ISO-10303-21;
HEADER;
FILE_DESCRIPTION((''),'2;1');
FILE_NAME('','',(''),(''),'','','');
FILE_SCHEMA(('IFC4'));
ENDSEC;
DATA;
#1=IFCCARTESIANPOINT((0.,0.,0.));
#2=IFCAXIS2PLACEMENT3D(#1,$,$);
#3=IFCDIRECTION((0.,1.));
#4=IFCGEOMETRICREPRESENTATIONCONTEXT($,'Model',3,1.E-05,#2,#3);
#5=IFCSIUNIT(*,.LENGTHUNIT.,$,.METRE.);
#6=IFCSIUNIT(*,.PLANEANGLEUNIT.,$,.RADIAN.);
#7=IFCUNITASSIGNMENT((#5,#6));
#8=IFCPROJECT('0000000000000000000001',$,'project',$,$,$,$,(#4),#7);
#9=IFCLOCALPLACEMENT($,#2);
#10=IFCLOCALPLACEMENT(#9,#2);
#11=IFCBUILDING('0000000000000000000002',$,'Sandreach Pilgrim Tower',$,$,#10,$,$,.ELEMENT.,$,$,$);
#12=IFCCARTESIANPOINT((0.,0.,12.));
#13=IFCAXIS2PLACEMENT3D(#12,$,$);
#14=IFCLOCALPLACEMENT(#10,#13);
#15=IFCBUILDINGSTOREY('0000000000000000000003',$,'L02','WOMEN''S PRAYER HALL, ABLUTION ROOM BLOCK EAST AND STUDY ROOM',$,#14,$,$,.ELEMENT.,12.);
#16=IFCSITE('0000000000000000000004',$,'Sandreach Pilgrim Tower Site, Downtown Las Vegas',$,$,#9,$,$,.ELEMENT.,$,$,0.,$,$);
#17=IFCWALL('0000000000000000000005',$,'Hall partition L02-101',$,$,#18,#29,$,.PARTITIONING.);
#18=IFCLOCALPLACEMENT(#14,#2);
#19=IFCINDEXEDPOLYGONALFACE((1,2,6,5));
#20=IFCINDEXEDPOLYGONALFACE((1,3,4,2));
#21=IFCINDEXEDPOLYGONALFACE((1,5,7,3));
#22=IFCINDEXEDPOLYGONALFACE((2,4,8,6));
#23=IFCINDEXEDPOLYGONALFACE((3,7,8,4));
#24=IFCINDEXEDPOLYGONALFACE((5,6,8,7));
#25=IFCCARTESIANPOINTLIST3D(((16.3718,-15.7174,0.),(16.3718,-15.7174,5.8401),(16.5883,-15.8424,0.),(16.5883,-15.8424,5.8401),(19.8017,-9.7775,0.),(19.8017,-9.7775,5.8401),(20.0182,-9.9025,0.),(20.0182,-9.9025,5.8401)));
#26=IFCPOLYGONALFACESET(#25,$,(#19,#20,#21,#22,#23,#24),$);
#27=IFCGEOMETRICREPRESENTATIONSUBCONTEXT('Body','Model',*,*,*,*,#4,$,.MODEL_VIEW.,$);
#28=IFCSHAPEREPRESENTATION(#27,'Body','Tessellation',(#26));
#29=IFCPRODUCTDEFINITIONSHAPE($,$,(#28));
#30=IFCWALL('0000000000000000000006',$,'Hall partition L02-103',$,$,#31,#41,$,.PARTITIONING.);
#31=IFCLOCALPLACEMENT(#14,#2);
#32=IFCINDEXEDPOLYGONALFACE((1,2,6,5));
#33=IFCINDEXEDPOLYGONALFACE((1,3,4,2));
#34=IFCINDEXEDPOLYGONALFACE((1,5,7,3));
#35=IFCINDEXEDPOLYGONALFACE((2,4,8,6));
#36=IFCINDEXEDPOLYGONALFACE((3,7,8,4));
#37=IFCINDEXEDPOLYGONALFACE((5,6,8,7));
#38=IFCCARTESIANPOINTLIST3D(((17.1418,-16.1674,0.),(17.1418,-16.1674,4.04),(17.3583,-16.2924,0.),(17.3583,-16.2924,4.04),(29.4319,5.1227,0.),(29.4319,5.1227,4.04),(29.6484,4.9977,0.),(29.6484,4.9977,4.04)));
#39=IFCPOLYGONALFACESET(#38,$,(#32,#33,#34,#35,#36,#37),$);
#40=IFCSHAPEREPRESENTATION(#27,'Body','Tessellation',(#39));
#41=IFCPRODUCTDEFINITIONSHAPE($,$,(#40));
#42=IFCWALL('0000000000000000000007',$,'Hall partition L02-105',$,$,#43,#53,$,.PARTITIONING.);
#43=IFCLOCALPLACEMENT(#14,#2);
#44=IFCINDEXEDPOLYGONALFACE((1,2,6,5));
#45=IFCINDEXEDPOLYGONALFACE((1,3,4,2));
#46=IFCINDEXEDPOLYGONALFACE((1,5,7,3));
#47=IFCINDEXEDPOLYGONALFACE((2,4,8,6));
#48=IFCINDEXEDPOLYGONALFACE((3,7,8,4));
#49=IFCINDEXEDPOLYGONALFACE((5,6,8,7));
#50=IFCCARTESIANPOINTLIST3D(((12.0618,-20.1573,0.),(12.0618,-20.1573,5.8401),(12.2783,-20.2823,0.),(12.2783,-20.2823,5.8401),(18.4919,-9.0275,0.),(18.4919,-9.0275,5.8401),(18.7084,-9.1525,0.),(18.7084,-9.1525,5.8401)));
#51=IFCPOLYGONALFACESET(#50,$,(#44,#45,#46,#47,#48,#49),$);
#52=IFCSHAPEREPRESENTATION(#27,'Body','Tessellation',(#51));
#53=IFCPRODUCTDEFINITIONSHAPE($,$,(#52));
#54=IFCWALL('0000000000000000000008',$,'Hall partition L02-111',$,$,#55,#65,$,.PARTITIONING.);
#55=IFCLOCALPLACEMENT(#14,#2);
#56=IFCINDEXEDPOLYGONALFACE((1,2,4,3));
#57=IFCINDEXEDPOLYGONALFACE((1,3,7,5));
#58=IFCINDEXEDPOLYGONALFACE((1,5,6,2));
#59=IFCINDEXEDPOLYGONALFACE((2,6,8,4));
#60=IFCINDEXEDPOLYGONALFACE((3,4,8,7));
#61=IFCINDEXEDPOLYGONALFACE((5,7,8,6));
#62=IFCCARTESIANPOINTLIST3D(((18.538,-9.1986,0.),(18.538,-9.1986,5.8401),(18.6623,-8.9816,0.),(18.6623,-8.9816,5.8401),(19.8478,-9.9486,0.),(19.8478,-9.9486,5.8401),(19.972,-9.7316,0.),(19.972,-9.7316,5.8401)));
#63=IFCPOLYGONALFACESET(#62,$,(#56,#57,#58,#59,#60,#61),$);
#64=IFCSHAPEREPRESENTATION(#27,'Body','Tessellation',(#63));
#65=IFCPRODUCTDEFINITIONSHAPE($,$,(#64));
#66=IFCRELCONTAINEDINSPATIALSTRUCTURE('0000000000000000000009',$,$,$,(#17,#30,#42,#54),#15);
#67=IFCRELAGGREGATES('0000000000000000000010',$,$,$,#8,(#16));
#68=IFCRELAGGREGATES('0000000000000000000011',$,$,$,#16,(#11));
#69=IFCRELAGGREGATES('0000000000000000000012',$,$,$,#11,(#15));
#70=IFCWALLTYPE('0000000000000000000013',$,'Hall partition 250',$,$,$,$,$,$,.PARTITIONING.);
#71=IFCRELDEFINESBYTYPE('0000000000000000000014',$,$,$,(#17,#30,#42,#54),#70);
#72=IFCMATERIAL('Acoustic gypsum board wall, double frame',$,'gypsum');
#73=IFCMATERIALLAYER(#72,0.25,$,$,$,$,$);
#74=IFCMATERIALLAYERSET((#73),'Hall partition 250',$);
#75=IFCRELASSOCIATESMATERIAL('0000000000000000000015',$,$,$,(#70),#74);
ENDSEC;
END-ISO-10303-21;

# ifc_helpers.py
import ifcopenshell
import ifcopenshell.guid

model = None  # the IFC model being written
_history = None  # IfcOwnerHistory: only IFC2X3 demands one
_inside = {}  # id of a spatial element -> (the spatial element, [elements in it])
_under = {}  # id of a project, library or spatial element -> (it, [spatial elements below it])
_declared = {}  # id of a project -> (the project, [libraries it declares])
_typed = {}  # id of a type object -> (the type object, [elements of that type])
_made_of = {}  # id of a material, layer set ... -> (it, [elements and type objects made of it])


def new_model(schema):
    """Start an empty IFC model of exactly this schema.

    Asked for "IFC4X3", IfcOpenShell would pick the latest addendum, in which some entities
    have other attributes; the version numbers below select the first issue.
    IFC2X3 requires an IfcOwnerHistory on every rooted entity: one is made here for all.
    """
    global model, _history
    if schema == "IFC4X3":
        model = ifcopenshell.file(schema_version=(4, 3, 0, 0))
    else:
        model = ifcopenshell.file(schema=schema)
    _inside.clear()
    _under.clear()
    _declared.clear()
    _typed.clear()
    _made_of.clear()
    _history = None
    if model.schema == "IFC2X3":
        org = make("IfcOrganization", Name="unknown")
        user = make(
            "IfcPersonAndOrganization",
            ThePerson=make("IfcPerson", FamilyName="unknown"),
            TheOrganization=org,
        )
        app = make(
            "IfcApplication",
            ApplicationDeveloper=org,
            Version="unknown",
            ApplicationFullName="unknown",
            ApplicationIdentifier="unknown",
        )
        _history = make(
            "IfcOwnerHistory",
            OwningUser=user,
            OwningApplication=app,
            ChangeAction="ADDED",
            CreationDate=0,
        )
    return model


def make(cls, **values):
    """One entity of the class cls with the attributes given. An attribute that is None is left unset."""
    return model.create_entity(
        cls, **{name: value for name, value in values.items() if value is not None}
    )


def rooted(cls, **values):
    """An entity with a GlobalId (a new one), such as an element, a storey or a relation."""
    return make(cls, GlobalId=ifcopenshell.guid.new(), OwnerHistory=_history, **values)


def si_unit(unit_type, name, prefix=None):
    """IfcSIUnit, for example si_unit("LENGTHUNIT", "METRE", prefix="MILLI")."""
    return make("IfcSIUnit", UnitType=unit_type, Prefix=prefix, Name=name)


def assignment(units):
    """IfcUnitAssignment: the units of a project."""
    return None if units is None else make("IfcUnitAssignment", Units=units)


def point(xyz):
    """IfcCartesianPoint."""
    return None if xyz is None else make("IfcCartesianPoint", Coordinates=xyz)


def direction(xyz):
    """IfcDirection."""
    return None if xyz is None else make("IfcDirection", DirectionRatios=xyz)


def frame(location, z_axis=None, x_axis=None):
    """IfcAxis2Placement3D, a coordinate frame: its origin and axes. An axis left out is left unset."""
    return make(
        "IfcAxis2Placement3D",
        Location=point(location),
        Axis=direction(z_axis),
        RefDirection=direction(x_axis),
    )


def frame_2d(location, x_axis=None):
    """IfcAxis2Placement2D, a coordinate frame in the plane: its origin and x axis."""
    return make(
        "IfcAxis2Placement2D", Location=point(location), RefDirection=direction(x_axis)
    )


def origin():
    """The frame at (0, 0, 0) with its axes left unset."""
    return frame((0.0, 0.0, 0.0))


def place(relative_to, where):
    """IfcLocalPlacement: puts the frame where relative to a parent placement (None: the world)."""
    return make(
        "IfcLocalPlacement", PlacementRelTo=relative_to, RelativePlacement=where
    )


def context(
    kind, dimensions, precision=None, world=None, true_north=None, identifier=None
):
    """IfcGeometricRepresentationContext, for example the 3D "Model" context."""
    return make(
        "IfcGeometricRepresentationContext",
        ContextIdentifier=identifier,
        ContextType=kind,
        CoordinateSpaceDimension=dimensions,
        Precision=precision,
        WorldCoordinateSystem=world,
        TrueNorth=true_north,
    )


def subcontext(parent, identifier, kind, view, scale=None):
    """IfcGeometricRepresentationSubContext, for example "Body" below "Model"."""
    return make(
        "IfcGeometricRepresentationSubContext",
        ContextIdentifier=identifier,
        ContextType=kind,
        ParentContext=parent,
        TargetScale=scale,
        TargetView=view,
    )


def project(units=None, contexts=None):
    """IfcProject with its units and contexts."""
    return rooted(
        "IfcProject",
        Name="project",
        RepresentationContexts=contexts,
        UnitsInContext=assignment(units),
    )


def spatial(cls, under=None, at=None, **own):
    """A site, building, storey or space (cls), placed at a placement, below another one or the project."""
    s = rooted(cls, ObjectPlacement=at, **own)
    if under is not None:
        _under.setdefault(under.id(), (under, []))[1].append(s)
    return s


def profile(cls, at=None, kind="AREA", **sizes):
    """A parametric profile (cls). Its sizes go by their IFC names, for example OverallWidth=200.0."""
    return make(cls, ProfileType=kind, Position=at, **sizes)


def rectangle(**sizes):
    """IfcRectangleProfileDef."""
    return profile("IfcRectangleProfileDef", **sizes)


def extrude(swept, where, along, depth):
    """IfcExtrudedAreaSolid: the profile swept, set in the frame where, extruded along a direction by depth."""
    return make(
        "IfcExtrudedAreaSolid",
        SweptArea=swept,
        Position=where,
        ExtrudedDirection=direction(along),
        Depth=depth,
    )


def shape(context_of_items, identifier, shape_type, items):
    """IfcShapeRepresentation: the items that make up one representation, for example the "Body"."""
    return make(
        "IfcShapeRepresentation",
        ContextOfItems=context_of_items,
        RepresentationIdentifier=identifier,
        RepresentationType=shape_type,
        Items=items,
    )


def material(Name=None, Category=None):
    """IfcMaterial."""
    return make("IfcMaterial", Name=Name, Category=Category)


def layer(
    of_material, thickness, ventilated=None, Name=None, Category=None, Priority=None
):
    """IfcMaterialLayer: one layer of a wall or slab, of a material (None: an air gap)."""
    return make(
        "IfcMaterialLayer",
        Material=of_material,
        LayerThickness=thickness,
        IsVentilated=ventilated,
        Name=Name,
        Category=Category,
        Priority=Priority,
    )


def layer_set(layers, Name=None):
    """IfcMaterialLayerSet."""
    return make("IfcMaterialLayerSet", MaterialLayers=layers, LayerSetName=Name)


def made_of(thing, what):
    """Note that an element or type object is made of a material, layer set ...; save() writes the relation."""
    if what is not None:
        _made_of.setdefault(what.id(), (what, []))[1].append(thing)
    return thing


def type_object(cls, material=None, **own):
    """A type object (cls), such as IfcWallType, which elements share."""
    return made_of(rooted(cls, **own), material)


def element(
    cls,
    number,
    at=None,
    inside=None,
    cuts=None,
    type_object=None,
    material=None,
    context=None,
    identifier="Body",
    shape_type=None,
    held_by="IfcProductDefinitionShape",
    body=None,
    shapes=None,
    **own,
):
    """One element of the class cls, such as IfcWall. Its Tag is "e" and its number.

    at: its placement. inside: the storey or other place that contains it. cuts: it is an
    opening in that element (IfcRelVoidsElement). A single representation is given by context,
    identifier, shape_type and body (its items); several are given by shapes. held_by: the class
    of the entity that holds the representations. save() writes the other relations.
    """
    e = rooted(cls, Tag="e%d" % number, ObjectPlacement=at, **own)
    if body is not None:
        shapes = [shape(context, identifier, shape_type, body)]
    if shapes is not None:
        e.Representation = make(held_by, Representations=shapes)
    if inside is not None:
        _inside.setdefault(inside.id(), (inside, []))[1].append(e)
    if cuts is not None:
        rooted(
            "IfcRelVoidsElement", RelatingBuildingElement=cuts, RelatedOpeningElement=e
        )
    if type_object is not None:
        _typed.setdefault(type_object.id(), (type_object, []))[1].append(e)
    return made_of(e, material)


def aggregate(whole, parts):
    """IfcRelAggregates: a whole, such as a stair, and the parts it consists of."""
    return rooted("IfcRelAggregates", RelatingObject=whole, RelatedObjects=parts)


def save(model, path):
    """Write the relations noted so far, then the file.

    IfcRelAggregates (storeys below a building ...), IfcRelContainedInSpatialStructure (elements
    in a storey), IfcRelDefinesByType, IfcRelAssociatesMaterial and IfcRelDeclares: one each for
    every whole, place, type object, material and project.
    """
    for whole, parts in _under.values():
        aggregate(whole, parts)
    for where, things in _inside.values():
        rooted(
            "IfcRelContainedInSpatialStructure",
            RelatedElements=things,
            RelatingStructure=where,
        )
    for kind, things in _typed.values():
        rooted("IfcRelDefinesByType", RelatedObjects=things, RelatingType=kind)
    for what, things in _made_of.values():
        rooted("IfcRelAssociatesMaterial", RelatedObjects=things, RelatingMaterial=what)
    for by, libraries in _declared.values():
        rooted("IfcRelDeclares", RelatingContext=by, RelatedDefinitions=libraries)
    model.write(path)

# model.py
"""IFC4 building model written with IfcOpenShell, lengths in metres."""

from ifc_helpers import new_model, si_unit, direction, frame, frame_2d, origin, place, context, subcontext, project, spatial, rectangle, extrude, material, layer, layer_set, type_object, element, save


model = new_model("IFC4")

# Units and contexts
model_context = context("Model", 3, precision=1e-05, world=origin(), true_north=direction((0.0, 1.0)))
body_context = subcontext(model_context, "Body", "Model", "MODEL_VIEW")
ifc_project = project(units=[si_unit("LENGTHUNIT", "METRE"), si_unit("PLANEANGLEUNIT", "RADIAN")], contexts=[model_context])

# Site, building, storey
site_placement = place(None, origin())
site = spatial("IfcSite", under=ifc_project, at=site_placement, Name="Sandreach Pilgrim Tower Site, Downtown Las Vegas", CompositionType="ELEMENT", RefElevation=0.0)
building_placement = place(site_placement, origin())
building = spatial("IfcBuilding", under=site, at=building_placement, Name="Sandreach Pilgrim Tower", CompositionType="ELEMENT")
storey_placement = place(building_placement, frame((0.0, 0.0, 12.0)))
storey = spatial("IfcBuildingStorey", under=building, at=storey_placement, Name="L02", Description="WOMEN'S PRAYER HALL, ABLUTION ROOM BLOCK EAST AND STUDY ROOM", CompositionType="ELEMENT", Elevation=12.0)

# Shared definitions
ifc_material_1 = material(Name="Acoustic gypsum board wall, double frame", Category="gypsum")
ifc_layer_1 = layer(ifc_material_1, 0.25)
ifc_layer_set_1 = layer_set([ifc_layer_1], Name="Hall partition 250")
wall_type_1 = type_object("IfcWallType", Name="Hall partition 250", PredefinedType="PARTITIONING", material=ifc_layer_set_1)

# Walls
wall_1_placement = place(storey_placement, frame((16.48, -15.78, 0.0), z_axis=(0.0, 0.0, 1.0), x_axis=(0.500055, 0.865994, 0.0)))
element("IfcWall", 1, at=wall_1_placement, inside=storey, type_object=wall_type_1, Name="Hall partition L02-101", PredefinedType="PARTITIONING", context=body_context, shape_type="SweptSolid", body=[
    extrude(rectangle(XDim=6.8591, YDim=0.25, at=frame_2d((3.4297, 0.0))), origin(), (0.0, 0.0, 1.0), 5.8401),
])
wall_2_placement = place(storey_placement, frame((17.25, -16.23, 0.0), z_axis=(0.0, 0.0, 1.0), x_axis=(0.499946, 0.866057, 0.0)))
element("IfcWall", 2, at=wall_2_placement, inside=storey, type_object=wall_type_1, Name="Hall partition L02-103", PredefinedType="PARTITIONING", context=body_context, shape_type="SweptSolid", body=[
    extrude(rectangle(XDim=24.5828, YDim=0.25, at=frame_2d((12.2915, 0.0))), origin(), (0.0, 0.0, 1.0), 4.04),
])
wall_3_placement = place(storey_placement, frame((18.6001, -9.0901, 0.0), z_axis=(0.0, 0.0, 1.0), x_axis=(-0.500253, -0.865879, 0.0)))
element("IfcWall", 3, at=wall_3_placement, inside=storey, type_object=wall_type_1, Name="Hall partition L02-105", PredefinedType="PARTITIONING", context=body_context, shape_type="SweptSolid", body=[
    extrude(rectangle(XDim=12.8538, YDim=0.25, at=frame_2d((6.4268, 0.0))), origin(), (0.0, 0.0, 1.0), 5.8401),
])
wall_4_placement = place(storey_placement, frame((19.9099, -9.8401, 0.0), z_axis=(0.0, 0.0, 1.0), x_axis=(-0.867805, 0.496905, 0.0)))
element("IfcWall", 4, at=wall_4_placement, inside=storey, type_object=wall_type_1, Name="Hall partition L02-111", PredefinedType="PARTITIONING", context=body_context, shape_type="SweptSolid", body=[
    extrude(rectangle(XDim=1.5093, YDim=0.25, at=frame_2d((0.7546, 0.0))), origin(), (0.0, 0.0, 1.0), 5.8401),
])

save(model, "model.ifc")
